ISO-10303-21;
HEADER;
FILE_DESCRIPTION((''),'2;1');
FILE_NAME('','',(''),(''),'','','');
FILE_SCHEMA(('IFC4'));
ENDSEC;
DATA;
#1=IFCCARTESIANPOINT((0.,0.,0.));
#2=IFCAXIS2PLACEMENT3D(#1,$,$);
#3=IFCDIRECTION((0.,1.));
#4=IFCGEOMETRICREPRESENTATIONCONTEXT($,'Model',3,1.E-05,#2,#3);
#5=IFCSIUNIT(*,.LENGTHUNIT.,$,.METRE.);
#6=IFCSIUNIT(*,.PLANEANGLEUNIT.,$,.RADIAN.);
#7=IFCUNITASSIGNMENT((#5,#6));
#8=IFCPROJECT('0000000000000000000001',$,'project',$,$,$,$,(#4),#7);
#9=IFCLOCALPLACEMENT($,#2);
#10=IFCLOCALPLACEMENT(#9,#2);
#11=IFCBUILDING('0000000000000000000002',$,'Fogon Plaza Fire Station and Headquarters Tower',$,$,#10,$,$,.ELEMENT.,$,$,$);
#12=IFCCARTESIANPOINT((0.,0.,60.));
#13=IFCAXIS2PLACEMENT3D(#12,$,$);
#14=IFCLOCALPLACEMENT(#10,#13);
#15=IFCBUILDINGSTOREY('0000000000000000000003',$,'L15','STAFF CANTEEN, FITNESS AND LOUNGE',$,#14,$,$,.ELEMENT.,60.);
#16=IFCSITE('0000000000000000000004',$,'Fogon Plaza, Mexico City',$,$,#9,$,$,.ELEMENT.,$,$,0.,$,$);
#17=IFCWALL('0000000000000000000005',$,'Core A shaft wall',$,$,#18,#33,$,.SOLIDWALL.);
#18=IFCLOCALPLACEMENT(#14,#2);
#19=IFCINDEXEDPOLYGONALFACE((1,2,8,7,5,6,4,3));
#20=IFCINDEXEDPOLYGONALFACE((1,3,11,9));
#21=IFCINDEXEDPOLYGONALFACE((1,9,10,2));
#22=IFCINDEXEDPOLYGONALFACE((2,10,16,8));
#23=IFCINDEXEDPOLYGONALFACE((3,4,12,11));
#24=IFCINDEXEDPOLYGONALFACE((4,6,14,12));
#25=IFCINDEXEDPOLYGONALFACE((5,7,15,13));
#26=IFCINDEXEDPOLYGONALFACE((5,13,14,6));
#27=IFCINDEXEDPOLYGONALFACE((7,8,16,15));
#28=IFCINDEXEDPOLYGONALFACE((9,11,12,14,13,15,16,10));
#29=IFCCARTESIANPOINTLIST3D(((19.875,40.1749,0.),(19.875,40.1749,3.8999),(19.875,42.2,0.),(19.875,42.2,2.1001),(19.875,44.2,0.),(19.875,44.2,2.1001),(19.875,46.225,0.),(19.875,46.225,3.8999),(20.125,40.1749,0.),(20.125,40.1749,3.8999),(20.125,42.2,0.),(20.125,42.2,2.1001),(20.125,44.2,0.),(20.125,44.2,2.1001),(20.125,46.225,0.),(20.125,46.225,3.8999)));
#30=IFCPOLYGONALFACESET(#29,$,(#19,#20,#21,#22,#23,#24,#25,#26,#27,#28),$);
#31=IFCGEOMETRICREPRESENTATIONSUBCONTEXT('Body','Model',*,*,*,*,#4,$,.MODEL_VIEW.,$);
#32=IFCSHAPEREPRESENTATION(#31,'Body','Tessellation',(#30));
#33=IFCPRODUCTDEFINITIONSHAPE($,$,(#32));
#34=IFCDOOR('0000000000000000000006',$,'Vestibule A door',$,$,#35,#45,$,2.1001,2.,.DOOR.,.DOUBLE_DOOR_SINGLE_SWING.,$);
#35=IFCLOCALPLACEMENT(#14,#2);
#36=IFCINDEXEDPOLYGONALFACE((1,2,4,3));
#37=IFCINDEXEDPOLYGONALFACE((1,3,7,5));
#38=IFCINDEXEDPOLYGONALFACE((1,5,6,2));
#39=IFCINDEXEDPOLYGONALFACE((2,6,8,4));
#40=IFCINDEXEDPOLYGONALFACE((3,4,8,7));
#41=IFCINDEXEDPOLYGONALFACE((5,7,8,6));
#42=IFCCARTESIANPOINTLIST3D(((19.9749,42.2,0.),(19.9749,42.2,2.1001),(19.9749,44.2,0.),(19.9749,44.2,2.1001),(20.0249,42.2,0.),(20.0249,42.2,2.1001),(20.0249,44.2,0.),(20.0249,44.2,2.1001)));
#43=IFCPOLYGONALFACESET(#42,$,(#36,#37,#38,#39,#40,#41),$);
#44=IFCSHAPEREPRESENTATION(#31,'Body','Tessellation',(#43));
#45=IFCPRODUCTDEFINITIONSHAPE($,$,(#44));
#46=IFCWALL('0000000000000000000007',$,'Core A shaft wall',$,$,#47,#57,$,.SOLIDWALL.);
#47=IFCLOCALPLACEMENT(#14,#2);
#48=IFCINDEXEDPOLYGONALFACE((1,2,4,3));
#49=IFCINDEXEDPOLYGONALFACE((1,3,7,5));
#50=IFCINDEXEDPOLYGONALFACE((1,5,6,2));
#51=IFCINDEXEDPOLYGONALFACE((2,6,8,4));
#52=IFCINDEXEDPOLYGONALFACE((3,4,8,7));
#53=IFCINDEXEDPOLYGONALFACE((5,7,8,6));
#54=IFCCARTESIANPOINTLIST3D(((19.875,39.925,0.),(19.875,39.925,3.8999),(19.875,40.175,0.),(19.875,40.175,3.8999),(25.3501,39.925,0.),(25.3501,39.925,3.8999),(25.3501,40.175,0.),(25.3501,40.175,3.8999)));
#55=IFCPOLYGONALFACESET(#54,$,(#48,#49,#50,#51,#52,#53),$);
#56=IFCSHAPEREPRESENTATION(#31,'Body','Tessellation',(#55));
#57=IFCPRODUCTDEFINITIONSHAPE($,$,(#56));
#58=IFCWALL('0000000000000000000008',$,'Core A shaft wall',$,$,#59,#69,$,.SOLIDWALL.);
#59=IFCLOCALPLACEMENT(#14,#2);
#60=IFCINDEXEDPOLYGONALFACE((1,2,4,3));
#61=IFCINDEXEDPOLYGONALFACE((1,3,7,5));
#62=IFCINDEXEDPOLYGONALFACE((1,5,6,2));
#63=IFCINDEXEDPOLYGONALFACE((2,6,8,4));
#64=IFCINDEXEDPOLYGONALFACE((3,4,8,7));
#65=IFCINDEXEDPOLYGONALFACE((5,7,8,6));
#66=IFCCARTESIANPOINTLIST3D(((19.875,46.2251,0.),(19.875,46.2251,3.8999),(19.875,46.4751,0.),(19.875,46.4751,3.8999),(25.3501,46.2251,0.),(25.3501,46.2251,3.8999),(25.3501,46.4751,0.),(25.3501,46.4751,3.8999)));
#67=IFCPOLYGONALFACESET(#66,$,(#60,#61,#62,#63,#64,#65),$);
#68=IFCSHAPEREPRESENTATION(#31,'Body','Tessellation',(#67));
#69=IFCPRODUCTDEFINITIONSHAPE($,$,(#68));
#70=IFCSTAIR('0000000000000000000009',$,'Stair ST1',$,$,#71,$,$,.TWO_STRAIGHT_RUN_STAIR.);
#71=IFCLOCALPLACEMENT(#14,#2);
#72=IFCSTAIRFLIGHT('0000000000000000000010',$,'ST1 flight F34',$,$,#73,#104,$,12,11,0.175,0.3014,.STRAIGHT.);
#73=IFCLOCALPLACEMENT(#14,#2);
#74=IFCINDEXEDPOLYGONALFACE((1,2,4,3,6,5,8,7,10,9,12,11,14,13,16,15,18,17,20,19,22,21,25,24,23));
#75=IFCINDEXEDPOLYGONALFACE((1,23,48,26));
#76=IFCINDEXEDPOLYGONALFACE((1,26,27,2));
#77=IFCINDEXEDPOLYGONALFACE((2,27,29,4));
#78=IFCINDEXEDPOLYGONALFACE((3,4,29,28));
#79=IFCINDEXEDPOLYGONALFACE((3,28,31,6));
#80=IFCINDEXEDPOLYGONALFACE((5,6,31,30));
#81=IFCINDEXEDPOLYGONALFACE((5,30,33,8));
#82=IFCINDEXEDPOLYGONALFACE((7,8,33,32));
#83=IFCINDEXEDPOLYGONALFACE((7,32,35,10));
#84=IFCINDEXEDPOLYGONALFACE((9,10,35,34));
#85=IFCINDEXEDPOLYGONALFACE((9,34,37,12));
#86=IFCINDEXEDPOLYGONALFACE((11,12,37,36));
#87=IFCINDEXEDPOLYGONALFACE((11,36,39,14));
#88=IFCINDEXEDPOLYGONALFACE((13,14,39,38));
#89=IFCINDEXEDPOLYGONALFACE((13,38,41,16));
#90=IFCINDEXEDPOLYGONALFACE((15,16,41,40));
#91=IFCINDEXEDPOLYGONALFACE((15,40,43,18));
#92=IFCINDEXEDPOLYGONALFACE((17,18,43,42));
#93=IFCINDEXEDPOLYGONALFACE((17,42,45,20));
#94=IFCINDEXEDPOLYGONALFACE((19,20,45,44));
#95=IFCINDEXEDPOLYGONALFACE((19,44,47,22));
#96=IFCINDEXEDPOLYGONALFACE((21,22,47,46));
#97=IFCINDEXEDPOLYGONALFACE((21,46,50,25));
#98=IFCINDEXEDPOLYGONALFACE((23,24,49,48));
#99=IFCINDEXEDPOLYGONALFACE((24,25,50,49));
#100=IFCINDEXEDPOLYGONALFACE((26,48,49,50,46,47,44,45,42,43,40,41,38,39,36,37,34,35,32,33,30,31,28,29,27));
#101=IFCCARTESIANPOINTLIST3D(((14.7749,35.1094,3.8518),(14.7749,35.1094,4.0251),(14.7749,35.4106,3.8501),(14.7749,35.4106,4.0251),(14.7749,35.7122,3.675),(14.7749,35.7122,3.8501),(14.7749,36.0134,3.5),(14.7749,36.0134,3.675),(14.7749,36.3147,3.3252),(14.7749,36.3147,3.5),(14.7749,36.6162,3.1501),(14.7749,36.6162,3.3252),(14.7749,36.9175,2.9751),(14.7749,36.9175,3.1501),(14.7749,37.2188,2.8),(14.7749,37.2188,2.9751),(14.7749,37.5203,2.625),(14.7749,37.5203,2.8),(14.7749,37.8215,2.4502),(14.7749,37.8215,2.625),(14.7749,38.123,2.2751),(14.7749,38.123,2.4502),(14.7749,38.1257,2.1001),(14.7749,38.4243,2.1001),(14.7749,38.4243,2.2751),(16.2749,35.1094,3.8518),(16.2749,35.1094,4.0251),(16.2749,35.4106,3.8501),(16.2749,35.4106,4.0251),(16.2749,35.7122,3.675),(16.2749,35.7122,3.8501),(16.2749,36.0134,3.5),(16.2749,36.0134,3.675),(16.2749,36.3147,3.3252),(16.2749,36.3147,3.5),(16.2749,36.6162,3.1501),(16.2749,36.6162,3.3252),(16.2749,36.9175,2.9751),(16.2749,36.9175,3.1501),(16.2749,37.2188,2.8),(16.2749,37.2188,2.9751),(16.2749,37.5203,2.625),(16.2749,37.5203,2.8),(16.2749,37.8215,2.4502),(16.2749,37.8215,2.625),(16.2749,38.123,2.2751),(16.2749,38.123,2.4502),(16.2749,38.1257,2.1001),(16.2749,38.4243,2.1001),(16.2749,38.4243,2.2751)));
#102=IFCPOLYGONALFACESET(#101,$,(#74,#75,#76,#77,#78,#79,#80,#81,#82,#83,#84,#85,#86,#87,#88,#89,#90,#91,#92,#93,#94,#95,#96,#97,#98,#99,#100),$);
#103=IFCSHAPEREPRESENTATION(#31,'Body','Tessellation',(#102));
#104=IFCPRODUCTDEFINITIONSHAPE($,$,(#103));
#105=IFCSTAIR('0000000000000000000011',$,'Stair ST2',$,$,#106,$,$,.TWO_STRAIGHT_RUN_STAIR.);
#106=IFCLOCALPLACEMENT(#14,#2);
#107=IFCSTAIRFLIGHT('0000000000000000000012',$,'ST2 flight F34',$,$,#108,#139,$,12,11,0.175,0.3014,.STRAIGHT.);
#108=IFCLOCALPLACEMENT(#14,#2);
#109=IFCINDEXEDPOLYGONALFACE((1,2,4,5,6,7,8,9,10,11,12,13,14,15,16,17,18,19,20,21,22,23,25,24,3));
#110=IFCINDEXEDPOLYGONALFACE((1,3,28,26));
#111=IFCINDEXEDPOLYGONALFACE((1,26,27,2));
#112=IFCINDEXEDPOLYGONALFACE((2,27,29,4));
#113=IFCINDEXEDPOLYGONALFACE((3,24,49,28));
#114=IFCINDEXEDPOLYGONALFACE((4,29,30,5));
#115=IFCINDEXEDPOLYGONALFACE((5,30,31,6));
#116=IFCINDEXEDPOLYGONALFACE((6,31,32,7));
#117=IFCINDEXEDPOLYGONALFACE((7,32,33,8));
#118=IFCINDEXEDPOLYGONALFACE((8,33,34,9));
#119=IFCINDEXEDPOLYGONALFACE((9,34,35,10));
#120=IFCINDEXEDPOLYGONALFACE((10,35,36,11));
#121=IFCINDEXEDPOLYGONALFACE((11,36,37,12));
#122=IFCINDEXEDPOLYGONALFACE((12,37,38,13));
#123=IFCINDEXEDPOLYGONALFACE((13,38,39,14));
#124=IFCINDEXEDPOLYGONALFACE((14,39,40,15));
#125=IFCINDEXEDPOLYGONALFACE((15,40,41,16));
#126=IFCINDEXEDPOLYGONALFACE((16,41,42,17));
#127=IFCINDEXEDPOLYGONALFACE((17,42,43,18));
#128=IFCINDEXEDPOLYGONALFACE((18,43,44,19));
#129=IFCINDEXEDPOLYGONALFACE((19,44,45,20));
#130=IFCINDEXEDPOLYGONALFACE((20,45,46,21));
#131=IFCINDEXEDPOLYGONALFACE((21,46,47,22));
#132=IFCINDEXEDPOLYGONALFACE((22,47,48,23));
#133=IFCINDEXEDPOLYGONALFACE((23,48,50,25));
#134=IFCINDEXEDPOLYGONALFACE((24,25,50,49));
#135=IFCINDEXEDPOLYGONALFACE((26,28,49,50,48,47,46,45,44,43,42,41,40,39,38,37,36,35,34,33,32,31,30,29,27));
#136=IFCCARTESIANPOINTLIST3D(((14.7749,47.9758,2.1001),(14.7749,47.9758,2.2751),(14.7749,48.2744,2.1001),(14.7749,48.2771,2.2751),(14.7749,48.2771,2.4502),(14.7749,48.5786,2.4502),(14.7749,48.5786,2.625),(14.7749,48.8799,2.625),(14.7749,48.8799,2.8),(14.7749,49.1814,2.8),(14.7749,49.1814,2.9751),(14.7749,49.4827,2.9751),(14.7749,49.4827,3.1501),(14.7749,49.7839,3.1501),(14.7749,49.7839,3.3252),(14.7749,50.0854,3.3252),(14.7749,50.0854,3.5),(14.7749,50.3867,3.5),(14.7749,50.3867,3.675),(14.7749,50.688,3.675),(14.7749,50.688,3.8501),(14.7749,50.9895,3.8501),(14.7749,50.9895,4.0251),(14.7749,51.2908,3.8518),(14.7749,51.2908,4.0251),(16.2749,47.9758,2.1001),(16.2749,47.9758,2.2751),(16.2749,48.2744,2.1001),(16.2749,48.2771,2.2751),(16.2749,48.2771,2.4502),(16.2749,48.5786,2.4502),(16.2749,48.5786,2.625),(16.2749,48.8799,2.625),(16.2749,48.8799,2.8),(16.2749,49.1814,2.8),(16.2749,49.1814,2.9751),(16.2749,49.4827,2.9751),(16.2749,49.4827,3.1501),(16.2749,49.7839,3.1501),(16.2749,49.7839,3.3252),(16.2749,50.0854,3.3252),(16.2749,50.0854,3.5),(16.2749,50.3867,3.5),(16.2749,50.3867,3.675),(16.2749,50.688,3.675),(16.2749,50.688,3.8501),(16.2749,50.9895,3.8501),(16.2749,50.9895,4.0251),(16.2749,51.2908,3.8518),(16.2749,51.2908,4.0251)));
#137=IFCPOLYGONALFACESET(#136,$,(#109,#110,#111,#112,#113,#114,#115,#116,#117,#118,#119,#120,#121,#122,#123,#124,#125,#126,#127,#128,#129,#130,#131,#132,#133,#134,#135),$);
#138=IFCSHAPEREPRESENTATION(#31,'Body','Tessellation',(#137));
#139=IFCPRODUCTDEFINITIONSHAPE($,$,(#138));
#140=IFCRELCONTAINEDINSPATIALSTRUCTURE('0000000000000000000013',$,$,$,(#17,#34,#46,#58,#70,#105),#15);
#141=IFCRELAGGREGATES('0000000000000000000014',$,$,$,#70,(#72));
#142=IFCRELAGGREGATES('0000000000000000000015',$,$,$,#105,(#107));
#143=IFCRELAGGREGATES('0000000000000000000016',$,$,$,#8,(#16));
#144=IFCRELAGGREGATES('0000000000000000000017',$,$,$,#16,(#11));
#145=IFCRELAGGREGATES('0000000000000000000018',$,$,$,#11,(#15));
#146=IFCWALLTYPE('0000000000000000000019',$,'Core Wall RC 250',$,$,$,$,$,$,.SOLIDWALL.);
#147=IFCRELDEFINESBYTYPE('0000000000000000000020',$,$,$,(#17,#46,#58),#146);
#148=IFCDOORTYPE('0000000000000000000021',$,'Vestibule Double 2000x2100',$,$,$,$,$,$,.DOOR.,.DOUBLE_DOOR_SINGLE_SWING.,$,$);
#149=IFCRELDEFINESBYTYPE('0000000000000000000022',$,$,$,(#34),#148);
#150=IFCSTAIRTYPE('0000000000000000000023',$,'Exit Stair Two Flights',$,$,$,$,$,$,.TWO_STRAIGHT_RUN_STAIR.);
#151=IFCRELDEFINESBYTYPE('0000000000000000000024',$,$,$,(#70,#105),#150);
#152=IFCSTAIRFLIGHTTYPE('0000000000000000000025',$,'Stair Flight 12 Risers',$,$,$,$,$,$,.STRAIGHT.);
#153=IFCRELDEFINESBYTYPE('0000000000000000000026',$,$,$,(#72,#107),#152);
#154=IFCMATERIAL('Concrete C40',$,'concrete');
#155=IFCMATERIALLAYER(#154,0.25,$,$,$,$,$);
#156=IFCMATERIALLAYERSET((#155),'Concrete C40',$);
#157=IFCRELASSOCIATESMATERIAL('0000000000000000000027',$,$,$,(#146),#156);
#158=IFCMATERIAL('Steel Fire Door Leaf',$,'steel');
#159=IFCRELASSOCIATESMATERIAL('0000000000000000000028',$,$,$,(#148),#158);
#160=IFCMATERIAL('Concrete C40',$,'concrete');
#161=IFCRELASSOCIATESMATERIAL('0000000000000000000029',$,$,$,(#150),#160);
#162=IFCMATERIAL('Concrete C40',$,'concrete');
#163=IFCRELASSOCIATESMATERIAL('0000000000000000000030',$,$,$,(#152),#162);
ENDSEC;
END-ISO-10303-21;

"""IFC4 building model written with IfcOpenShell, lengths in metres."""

from ifc_helpers import new_model, si_unit, direction, frame, frame_2d, origin, place, context, subcontext, project, spatial, polyline, rectangle, outline, extrude, material, layer, layer_set, type_object, element, fill, aggregate, save


model = new_model("IFC4")

# Units and contexts
model_context = context("Model", 3, precision=1e-05, world=origin(), true_north=direction((0.0, 1.0)))
body_context = subcontext(model_context, "Body", "Model", "MODEL_VIEW")
ifc_project = project(units=[si_unit("LENGTHUNIT", "METRE"), si_unit("PLANEANGLEUNIT", "RADIAN")], contexts=[model_context])

# Site, building, storey
site_placement = place(None, origin())
site = spatial("IfcSite", under=ifc_project, at=site_placement, Name="Fogon Plaza, Mexico City", CompositionType="ELEMENT", RefElevation=0.0)
building_placement = place(site_placement, origin())
building = spatial("IfcBuilding", under=site, at=building_placement, Name="Fogon Plaza Fire Station and Headquarters Tower", CompositionType="ELEMENT")
storey_placement = place(building_placement, frame((0.0, 0.0, 60.0)))
storey = spatial("IfcBuildingStorey", under=building, at=storey_placement, Name="L15", Description="STAFF CANTEEN, FITNESS AND LOUNGE", CompositionType="ELEMENT", Elevation=60.0)

# Shared definitions
ifc_material_1 = material(Name="Concrete C40", Category="concrete")
ifc_layer = layer(ifc_material_1, 0.25)
ifc_layer_set = layer_set([ifc_layer], Name="Concrete C40")
wall_type = type_object("IfcWallType", Name="Core Wall RC 250", PredefinedType="SOLIDWALL", material=ifc_layer_set)

# Wall, opening, door
wall_1_placement = place(storey_placement, frame((20.0, 40.175, 0.0), z_axis=(0.0, 0.0, 1.0), x_axis=(0.0, 1.0, 0.0)))
wall_1 = element("IfcWall", 1, at=wall_1_placement, inside=storey, type_object=wall_type, Name="Core A shaft wall", PredefinedType="SOLIDWALL", context=body_context, shape_type="SweptSolid", body=[
    extrude(rectangle(XDim=6.05, YDim=0.25, at=frame_2d((3.0249, 0.0))), origin(), (0.0, 0.0, 1.0), 3.8999),
])
opening_1_placement = place(wall_1_placement, frame((2.0249, 0.0, 0.0)))
opening_1 = element("IfcOpeningElement", 2, at=opening_1_placement, cuts=wall_1, PredefinedType="OPENING", context=body_context, shape_type="SweptSolid", body=[
    extrude(rectangle(XDim=2.0, YDim=2.1001, at=frame_2d((1.0, 1.05))), frame((0.0, 0.135, 0.0), z_axis=(0.0, -1.0, 0.0), x_axis=(1.0, 0.0, 0.0)), (0.0, 0.0, 1.0), 0.27),
])
ifc_material_2 = material(Name="Steel Fire Door Leaf", Category="steel")
door_type_1 = type_object("IfcDoorType", Name="Vestibule Double 2000x2100", OperationType="DOUBLE_DOOR_SINGLE_SWING", PredefinedType="DOOR", material=ifc_material_2)
door_1_placement = place(opening_1_placement, frame((2.0, 0.0, 0.0), z_axis=(0.0, 0.0, 1.0), x_axis=(-1.0, 0.0, 0.0)))
door_1 = element("IfcDoor", 3, at=door_1_placement, inside=storey, type_object=door_type_1, Name="Vestibule A door", OperationType="DOUBLE_DOOR_SINGLE_SWING", OverallHeight=2.1001, OverallWidth=2.0, PredefinedType="DOOR", context=body_context, shape_type="SweptSolid", body=[
    extrude(rectangle(XDim=2.0, YDim=2.1001, at=frame_2d((1.0, 1.05))), frame((0.0, 0.0249, 0.0), z_axis=(0.0, -1.0, 0.0), x_axis=(1.0, 0.0, 0.0)), (0.0, 0.0, 1.0), 0.05),
])
fill(opening_1, door_1)

# Walls
for number, where, z_axis, x_axis, name in (
    (4, (19.875, 40.05, 0.0), (0.0, 0.0, 1.0), (1.0, 0.0, 0.0), "Core A shaft wall"),
    (5, (19.875, 46.3501, 0.0), (0.0, 0.0, 1.0), (1.0, 0.0, 0.0), "Core A shaft wall"),
):
    element("IfcWall", number, at=place(storey_placement, frame(where, z_axis=z_axis, x_axis=x_axis)), inside=storey, type_object=wall_type, Name=name, PredefinedType="SOLIDWALL", context=body_context, shape_type="SweptSolid", body=[
        extrude(rectangle(XDim=5.4751, YDim=0.25, at=frame_2d((2.7375, 0.0))), origin(), (0.0, 0.0, 1.0), 3.8999),
    ])

# Stairs, stair flights
ifc_material_3 = material(Name="Concrete C40", Category="concrete")
stair_type = type_object("IfcStairType", Name="Exit Stair Two Flights", PredefinedType="TWO_STRAIGHT_RUN_STAIR", material=ifc_material_3)
stair_1_placement = place(storey_placement, origin())
stair_1 = element("IfcStair", 6, at=stair_1_placement, inside=storey, type_object=stair_type, Name="Stair ST1", PredefinedType="TWO_STRAIGHT_RUN_STAIR")
ifc_material_4 = material(Name="Concrete C40", Category="concrete")
stair_flight_type = type_object("IfcStairFlightType", Name="Stair Flight 12 Risers", PredefinedType="STRAIGHT", material=ifc_material_4)
stair_flight_1_placement = place(storey_placement, frame((15.5249, 38.4243, 2.1001), z_axis=(0.0, 0.0, 1.0), x_axis=(0.0, -1.0, 0.0)))
stair_flight_1 = element("IfcStairFlight", 7, at=stair_flight_1_placement, type_object=stair_flight_type, Name="ST1 flight F34", NumberOfRisers=12, NumberOfTreads=11, PredefinedType="STRAIGHT", RiserHeight=0.175, TreadLength=0.3014, context=body_context, shape_type="SweptSolid", body=[
    extrude(outline(polyline([(0.0, 0.0), (0.0, 0.175), (0.3013, 0.175), (0.3013, 0.3501), (0.6028, 0.3501), (0.6028, 0.5249), (0.9041, 0.5249), (0.9041, 0.7), (1.2056, 0.7), (1.2056, 0.875), (1.5068, 0.875), (1.5068, 1.05), (1.8081, 1.05), (1.8081, 1.2251), (2.1096, 1.2251), (2.1096, 1.3999), (2.4109, 1.3999), (2.4109, 1.575), (2.7122, 1.575), (2.7122, 1.75), (3.0137, 1.75), (3.0137, 1.925), (3.3149, 1.925), (3.3149, 2.1001), (3.3149, 1.7517), (0.2986, 0.0), (0.0, 0.0)])), frame((0.0, 0.75, 0.0), z_axis=(0.0, -1.0, 0.0), x_axis=(1.0, 0.0, 0.0)), (0.0, 0.0, 1.0), 1.5),
])
aggregate(stair_1, [stair_flight_1])
stair_2_placement = place(storey_placement, origin())
stair_2 = element("IfcStair", 8, at=stair_2_placement, inside=storey, type_object=stair_type, Name="Stair ST2", PredefinedType="TWO_STRAIGHT_RUN_STAIR")
stair_flight_2_placement = place(storey_placement, frame((15.5249, 47.9758, 2.1001), z_axis=(0.0, 0.0, 1.0), x_axis=(0.0, 1.0, 0.0)))
stair_flight_2 = element("IfcStairFlight", 9, at=stair_flight_2_placement, type_object=stair_flight_type, Name="ST2 flight F34", NumberOfRisers=12, NumberOfTreads=11, PredefinedType="STRAIGHT", RiserHeight=0.175, TreadLength=0.3014, context=body_context, shape_type="SweptSolid", body=[
    extrude(outline(polyline([(0.0, 0.0), (0.0, 0.175), (0.3013, 0.175), (0.3013, 0.3501), (0.6028, 0.3501), (0.6028, 0.5249), (0.9041, 0.5249), (0.9041, 0.7), (1.2056, 0.7), (1.2056, 0.875), (1.5068, 0.875), (1.5068, 1.05), (1.8081, 1.05), (1.8081, 1.2251), (2.1096, 1.2251), (2.1096, 1.3999), (2.4109, 1.3999), (2.4109, 1.575), (2.7122, 1.575), (2.7122, 1.75), (3.0137, 1.75), (3.0137, 1.925), (3.3149, 1.925), (3.3149, 2.1001), (3.3149, 1.7517), (0.2986, 0.0), (0.0, 0.0)])), frame((0.0, 0.75, 0.0), z_axis=(0.0, -1.0, 0.0), x_axis=(1.0, 0.0, 0.0)), (0.0, 0.0, 1.0), 1.5),
])
aggregate(stair_2, [stair_flight_2])

save(model, "model.ifc")
